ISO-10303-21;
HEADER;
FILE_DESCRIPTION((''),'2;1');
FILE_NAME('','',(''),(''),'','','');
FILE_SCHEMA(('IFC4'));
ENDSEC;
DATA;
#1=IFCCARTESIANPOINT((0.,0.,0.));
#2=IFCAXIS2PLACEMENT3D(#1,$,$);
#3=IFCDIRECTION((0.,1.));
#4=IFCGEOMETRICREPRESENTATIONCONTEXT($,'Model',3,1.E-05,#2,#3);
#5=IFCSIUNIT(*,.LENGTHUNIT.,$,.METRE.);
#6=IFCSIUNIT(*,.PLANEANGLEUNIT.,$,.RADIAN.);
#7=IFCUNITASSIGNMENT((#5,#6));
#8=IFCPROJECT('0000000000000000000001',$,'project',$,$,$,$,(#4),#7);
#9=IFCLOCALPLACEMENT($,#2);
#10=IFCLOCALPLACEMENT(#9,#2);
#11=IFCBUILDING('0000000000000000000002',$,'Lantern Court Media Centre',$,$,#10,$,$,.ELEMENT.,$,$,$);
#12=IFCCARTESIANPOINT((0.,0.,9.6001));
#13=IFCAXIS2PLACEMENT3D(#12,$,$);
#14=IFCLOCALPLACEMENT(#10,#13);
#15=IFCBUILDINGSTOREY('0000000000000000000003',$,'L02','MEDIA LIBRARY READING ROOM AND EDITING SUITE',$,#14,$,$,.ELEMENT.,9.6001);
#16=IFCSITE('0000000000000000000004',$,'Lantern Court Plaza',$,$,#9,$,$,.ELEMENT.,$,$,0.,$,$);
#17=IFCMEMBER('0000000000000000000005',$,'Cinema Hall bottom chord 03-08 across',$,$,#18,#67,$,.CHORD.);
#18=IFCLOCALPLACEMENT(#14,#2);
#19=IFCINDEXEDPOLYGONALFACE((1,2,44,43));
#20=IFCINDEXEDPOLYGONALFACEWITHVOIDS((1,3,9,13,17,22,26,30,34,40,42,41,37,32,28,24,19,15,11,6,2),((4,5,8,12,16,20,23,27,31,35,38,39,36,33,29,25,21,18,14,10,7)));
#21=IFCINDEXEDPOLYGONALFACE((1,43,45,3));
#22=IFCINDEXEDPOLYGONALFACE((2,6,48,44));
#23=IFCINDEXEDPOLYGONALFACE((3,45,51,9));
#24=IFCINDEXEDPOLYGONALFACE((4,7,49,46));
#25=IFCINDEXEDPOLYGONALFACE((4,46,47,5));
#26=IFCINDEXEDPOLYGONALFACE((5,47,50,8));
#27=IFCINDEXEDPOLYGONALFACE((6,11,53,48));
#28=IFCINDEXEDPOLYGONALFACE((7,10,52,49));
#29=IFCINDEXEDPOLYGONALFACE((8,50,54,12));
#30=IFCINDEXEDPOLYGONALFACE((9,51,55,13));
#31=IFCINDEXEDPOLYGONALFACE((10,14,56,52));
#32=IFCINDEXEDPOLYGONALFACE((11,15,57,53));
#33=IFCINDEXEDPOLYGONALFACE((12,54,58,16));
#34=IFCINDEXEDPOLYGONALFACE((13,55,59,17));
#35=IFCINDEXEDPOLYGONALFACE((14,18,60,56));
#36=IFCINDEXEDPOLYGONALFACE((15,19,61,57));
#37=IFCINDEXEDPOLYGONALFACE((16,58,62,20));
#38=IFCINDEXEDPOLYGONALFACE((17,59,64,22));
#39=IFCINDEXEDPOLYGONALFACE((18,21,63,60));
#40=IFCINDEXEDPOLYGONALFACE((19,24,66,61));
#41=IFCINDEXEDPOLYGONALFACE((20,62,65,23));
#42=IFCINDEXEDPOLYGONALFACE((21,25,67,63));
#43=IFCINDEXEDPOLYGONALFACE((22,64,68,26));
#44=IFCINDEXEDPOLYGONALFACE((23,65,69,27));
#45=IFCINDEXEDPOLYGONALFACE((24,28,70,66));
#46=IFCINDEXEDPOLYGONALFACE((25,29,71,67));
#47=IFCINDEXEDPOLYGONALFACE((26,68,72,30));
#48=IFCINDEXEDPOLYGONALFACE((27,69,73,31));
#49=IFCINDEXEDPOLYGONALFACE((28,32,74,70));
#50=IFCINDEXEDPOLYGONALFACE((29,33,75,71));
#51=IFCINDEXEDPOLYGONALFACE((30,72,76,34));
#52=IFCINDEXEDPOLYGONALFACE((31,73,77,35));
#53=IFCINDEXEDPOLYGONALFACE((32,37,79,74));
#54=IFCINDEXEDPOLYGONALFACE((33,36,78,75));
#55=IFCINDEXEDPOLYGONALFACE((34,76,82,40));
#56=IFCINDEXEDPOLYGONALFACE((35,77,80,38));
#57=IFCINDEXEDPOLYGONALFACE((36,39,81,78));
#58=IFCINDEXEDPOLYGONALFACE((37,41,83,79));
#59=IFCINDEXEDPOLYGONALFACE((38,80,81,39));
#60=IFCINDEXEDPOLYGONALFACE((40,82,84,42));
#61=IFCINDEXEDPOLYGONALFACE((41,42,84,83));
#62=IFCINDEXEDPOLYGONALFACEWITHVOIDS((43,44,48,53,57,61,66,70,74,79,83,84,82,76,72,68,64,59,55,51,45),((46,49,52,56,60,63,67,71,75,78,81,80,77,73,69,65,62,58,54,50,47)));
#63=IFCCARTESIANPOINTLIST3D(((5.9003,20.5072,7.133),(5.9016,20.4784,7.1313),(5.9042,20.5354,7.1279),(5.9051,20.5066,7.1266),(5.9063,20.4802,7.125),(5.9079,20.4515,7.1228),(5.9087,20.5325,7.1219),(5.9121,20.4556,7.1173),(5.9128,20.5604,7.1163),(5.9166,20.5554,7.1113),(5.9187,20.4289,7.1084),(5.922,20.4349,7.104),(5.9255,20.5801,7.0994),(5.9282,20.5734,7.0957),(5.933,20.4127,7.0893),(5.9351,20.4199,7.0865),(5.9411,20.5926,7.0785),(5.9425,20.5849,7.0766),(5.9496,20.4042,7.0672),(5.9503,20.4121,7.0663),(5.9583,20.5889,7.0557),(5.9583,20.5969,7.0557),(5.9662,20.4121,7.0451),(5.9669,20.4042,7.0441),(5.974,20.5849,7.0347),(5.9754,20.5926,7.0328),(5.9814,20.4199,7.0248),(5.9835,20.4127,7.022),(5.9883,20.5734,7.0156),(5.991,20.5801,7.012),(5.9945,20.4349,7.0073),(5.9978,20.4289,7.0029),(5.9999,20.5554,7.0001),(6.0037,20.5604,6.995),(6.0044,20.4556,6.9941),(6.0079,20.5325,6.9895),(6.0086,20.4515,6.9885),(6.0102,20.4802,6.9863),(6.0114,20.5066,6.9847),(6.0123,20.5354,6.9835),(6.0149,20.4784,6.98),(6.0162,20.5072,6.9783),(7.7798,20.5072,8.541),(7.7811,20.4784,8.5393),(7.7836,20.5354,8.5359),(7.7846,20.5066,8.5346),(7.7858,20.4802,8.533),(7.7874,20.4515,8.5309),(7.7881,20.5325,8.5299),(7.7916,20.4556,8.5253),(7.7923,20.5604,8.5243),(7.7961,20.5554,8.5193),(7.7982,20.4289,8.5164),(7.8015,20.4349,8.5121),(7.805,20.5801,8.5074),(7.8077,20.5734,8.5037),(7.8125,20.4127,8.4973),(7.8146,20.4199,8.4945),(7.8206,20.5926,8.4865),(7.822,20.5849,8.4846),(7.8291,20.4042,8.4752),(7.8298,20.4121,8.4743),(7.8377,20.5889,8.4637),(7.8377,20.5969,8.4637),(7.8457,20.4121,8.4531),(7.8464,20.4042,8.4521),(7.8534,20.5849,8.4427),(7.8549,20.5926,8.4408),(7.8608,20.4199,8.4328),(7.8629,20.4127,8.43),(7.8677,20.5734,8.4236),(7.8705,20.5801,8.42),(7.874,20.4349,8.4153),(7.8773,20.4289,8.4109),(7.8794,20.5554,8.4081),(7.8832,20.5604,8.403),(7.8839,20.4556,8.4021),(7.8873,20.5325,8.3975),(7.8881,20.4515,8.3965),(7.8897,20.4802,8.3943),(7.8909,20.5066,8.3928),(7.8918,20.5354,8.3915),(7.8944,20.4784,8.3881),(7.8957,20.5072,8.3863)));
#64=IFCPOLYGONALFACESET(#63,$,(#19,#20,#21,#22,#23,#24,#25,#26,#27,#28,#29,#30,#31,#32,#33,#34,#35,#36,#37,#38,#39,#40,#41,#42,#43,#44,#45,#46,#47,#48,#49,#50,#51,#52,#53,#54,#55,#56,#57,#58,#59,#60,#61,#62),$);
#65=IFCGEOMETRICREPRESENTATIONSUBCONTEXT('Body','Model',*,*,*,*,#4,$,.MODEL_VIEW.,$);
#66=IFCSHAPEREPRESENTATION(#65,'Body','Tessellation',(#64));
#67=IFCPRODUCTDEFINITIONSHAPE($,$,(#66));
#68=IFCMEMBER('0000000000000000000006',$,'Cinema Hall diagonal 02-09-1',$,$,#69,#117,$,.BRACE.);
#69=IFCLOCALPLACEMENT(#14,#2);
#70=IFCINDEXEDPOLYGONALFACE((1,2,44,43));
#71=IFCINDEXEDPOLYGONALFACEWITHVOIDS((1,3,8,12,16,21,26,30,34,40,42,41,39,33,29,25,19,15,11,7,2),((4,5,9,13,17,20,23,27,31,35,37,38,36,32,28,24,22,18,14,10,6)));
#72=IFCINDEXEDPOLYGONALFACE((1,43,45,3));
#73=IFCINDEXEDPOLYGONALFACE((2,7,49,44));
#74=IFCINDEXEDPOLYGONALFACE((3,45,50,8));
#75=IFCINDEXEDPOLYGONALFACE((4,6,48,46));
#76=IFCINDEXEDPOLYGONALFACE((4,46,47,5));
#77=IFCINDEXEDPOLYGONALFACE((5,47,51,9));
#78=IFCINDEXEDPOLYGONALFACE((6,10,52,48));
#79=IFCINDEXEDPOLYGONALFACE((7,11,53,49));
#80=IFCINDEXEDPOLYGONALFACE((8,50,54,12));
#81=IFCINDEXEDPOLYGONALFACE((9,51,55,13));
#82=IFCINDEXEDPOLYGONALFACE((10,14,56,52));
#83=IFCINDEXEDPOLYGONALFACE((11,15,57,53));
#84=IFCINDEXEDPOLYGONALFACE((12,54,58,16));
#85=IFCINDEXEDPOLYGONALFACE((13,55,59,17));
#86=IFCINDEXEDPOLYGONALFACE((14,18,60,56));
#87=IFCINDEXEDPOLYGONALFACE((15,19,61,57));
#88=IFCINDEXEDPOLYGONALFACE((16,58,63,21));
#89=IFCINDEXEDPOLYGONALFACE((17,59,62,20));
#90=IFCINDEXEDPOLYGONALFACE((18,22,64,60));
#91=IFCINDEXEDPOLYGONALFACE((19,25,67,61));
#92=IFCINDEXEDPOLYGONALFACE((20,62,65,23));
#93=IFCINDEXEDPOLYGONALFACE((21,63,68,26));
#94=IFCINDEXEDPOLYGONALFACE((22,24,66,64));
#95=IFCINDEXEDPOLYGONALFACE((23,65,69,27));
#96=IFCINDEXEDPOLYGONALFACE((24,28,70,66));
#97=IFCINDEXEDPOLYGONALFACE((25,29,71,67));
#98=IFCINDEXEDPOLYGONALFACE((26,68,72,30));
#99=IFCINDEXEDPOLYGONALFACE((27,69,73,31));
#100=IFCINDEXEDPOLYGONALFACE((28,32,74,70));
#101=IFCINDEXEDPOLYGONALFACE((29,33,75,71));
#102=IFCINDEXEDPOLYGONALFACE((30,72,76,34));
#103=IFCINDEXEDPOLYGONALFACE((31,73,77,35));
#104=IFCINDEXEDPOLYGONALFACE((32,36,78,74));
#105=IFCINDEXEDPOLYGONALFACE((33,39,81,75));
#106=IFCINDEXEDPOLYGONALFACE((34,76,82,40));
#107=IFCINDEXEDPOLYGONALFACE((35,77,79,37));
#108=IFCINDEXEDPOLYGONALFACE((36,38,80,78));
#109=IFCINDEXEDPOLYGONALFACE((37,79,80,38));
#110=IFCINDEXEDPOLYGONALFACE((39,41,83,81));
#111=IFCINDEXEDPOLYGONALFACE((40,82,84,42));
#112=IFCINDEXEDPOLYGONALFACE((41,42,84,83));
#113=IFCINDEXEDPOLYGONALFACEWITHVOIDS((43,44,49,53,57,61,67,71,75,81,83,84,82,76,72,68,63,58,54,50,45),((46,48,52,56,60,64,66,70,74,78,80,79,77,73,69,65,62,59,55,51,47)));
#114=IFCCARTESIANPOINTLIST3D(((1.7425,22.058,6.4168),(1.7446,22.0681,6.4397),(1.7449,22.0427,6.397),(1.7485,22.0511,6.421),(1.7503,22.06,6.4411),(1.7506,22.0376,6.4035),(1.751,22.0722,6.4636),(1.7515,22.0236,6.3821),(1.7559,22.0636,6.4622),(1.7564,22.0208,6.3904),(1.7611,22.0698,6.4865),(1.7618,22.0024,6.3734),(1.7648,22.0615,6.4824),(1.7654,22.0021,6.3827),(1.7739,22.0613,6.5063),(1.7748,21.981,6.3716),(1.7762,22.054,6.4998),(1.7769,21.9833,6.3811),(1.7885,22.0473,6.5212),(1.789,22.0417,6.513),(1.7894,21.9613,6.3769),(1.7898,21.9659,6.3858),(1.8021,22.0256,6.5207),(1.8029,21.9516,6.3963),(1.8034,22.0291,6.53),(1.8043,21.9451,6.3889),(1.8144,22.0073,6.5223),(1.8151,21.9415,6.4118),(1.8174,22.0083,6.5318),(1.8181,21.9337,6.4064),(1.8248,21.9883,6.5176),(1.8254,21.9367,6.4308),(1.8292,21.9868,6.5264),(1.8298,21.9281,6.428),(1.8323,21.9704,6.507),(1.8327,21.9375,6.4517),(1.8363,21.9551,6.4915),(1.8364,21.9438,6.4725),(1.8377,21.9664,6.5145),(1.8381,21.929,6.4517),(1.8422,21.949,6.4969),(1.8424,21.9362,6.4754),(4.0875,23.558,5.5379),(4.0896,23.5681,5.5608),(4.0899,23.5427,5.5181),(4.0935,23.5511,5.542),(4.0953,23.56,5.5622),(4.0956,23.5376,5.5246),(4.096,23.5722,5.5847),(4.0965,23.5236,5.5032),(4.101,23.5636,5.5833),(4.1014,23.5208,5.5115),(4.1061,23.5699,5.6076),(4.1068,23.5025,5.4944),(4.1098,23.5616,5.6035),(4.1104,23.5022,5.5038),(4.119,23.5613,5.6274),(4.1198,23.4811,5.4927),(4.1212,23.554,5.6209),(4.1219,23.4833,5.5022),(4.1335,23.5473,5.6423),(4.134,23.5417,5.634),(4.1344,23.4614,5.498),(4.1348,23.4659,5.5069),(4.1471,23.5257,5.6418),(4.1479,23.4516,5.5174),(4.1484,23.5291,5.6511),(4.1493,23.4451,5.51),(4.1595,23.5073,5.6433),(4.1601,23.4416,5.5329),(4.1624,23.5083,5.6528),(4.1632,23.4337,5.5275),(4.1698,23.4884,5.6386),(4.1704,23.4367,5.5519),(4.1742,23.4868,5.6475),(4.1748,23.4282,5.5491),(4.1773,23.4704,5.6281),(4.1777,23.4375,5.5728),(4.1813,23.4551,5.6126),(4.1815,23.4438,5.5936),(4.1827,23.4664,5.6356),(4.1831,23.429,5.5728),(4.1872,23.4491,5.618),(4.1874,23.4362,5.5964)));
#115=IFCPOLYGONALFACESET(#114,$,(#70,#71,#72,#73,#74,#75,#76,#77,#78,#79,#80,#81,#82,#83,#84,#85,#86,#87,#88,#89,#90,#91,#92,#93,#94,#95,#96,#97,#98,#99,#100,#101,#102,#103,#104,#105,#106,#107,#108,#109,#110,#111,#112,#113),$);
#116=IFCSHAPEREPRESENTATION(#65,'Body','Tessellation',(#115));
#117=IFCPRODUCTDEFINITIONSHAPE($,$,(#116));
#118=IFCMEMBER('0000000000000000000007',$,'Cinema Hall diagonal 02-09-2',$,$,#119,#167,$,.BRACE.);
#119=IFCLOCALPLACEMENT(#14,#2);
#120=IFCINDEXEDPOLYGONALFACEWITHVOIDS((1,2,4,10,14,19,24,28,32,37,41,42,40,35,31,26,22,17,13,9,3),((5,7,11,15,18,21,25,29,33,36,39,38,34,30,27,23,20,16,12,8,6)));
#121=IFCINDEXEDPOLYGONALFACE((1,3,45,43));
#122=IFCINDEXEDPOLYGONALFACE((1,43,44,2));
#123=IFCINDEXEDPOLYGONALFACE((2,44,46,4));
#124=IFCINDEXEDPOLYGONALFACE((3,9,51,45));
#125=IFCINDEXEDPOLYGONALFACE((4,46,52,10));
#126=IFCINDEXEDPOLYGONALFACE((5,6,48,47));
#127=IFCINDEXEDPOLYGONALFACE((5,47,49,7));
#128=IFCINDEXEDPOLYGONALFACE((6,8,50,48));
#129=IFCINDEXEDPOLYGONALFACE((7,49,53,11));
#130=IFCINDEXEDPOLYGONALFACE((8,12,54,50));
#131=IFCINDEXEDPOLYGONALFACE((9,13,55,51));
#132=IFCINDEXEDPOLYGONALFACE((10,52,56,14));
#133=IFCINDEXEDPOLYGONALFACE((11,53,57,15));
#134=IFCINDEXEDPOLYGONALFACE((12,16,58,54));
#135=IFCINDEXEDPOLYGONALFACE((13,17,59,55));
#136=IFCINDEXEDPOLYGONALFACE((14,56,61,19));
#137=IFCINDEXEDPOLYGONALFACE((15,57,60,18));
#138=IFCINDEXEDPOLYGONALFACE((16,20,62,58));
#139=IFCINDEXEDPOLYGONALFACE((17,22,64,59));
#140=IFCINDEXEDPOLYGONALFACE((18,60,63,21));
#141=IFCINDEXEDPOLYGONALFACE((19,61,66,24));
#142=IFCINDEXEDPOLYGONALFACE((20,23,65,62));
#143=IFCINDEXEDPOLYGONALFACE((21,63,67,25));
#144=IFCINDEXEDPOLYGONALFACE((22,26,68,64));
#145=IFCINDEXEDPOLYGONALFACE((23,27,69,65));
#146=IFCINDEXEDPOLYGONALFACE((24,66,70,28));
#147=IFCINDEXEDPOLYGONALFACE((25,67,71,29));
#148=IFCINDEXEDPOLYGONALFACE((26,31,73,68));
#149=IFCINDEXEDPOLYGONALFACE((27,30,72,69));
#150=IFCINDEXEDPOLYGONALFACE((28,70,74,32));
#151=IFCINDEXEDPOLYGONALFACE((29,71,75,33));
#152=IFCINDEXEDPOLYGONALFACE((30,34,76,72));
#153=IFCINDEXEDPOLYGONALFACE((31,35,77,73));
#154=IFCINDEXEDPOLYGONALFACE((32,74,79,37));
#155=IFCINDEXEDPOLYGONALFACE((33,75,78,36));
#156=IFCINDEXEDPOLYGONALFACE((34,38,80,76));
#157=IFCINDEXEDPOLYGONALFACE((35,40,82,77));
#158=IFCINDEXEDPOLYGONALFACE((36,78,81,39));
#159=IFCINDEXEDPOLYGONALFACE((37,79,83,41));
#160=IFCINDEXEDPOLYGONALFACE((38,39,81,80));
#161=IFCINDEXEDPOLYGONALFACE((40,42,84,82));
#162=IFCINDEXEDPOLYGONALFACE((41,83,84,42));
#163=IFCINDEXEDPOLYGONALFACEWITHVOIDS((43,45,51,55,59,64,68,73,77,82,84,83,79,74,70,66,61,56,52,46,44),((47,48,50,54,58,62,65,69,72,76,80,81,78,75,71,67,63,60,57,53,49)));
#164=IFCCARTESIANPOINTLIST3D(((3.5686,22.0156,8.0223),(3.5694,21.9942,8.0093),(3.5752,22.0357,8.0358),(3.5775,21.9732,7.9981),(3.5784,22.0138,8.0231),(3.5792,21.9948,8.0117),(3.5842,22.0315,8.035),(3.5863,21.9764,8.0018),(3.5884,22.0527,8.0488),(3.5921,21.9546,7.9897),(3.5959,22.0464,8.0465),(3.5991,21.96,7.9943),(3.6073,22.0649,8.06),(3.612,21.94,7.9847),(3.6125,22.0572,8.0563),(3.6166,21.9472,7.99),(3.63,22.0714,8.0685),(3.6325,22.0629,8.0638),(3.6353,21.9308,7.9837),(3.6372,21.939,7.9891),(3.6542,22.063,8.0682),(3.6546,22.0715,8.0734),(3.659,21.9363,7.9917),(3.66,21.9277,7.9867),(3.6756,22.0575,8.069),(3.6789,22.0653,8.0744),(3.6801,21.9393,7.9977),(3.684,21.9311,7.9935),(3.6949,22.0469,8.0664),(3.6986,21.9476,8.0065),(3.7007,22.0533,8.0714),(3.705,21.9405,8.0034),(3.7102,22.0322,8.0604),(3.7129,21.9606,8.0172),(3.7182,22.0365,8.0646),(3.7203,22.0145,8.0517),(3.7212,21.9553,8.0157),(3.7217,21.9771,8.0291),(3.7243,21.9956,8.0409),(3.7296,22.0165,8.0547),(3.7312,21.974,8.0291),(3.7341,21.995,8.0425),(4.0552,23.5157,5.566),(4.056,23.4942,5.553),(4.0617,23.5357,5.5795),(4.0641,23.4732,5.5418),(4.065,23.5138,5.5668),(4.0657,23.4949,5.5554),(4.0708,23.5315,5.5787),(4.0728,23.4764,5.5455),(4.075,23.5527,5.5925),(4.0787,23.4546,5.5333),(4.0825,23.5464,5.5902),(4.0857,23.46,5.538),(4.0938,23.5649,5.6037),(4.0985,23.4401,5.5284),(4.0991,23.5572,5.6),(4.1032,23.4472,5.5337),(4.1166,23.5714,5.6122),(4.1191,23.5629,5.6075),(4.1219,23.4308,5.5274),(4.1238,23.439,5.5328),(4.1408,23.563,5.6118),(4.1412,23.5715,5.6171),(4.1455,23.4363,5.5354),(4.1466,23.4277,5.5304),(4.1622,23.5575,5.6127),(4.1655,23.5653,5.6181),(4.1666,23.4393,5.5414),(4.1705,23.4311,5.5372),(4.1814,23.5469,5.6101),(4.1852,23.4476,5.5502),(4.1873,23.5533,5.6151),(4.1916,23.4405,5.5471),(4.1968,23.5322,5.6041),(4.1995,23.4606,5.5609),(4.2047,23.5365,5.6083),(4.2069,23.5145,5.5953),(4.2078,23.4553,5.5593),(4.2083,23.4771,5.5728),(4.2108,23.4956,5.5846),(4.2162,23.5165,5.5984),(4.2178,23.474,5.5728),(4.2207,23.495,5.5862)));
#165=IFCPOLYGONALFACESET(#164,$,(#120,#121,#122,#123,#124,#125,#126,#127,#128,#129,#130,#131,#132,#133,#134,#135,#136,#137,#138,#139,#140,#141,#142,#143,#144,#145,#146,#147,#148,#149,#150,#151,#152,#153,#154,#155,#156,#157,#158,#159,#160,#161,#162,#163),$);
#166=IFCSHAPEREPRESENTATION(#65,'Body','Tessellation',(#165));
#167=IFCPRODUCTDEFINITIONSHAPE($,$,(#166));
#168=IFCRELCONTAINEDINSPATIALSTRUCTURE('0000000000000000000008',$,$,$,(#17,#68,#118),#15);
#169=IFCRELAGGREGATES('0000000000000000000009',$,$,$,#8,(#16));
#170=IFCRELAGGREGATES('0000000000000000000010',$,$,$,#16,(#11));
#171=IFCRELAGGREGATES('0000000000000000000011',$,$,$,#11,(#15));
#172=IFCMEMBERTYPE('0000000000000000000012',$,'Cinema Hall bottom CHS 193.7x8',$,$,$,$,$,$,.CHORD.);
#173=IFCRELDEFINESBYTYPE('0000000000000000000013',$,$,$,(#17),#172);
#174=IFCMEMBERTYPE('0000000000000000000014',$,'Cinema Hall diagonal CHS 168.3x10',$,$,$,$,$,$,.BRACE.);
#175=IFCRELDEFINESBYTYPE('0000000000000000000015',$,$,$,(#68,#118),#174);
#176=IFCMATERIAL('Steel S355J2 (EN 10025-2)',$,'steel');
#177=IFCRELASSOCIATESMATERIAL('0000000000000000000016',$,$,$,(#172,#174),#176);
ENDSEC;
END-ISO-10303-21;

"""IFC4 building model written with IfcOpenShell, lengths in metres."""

from ifc_helpers import new_model, si_unit, direction, frame, origin, origin_2d, place, context, subcontext, project, spatial, hollow_circle, extrude, material, material_profile, profile_set, type_object, element, save


model = new_model("IFC4")

# Units and contexts
model_context = context("Model", 3, precision=1e-05, world=origin(), true_north=direction((0.0, 1.0)))
body_context = subcontext(model_context, "Body", "Model", "MODEL_VIEW")
ifc_project = project(units=[si_unit("LENGTHUNIT", "METRE"), si_unit("PLANEANGLEUNIT", "RADIAN")], contexts=[model_context])

# Site, building, storey
site_placement = place(None, origin())
site = spatial("IfcSite", under=ifc_project, at=site_placement, Name="Lantern Court Plaza", CompositionType="ELEMENT", RefElevation=0.0)
building_placement = place(site_placement, origin())
building = spatial("IfcBuilding", under=site, at=building_placement, Name="Lantern Court Media Centre", CompositionType="ELEMENT")
storey_placement = place(building_placement, frame((0.0, 0.0, 9.6001)))
storey = spatial("IfcBuildingStorey", under=building, at=storey_placement, Name="L02", Description="MEDIA LIBRARY READING ROOM AND EDITING SUITE", CompositionType="ELEMENT", Elevation=9.6001)

# Members
ifc_material = material(Name="Steel S355J2 (EN 10025-2)", Category="steel")
ifc_material_profile_1 = material_profile(ifc_material, hollow_circle(Radius=0.0969, WallThickness=0.0081, at=origin_2d()), Name="Cinema Hall bottom CHS 193.7x8")
ifc_profile_set_1 = profile_set([ifc_material_profile_1], Name="Steel S355J2 (EN 10025-2)")
member_type_1 = type_object("IfcMemberType", Name="Cinema Hall bottom CHS 193.7x8", PredefinedType="CHORD", material=ifc_profile_set_1)
member_1_placement = place(storey_placement, frame((5.9583, 20.5, 7.0557), z_axis=(0.800324, 0.0, 0.599567), x_axis=(0.0, 1.0, 0.0)))
element("IfcMember", 1, at=member_1_placement, inside=storey, type_object=member_type_1, Name="Cinema Hall bottom chord 03-08 across", PredefinedType="CHORD", context=body_context, shape_type="SweptSolid", body=[
    extrude(hollow_circle(Radius=0.0969, WallThickness=0.0081, at=origin_2d()), origin(), (0.0, 0.0, 1.0), 2.3484),
])
ifc_material_profile_2 = material_profile(ifc_material, hollow_circle(Radius=0.0842, WallThickness=0.01, at=origin_2d()), Name="Cinema Hall diagonal CHS 168.3x10")
ifc_profile_set_2 = profile_set([ifc_material_profile_2], Name="Steel S355J2 (EN 10025-2)")
member_type_2 = type_object("IfcMemberType", Name="Cinema Hall diagonal CHS 168.3x10", PredefinedType="BRACE", material=ifc_profile_set_2)
member_2_placement = place(storey_placement, frame((4.1377, 23.5, 5.5728), z_axis=(-0.803309, -0.51385, 0.301084), x_axis=(0.538855, -0.842399, 0.0)))
element("IfcMember", 2, at=member_2_placement, inside=storey, type_object=member_type_2, Name="Cinema Hall diagonal 02-09-1", PredefinedType="BRACE", context=body_context, shape_type="SweptSolid", body=[
    extrude(hollow_circle(Radius=0.0842, WallThickness=0.01, at=origin_2d()), origin(), (0.0, 0.0, 1.0), 2.9192),
])
member_3_placement = place(storey_placement, frame((4.1377, 23.5, 5.5728), z_axis=(-0.166695, -0.513887, 0.841506), x_axis=(0.951207, -0.308554, 0.0)))
element("IfcMember", 3, at=member_3_placement, inside=storey, type_object=member_type_2, Name="Cinema Hall diagonal 02-09-2", PredefinedType="BRACE", context=body_context, shape_type="SweptSolid", body=[
    extrude(hollow_circle(Radius=0.0842, WallThickness=0.01, at=origin_2d()), origin(), (0.0, 0.0, 1.0), 2.9189),
])

save(model, "model.ifc")
